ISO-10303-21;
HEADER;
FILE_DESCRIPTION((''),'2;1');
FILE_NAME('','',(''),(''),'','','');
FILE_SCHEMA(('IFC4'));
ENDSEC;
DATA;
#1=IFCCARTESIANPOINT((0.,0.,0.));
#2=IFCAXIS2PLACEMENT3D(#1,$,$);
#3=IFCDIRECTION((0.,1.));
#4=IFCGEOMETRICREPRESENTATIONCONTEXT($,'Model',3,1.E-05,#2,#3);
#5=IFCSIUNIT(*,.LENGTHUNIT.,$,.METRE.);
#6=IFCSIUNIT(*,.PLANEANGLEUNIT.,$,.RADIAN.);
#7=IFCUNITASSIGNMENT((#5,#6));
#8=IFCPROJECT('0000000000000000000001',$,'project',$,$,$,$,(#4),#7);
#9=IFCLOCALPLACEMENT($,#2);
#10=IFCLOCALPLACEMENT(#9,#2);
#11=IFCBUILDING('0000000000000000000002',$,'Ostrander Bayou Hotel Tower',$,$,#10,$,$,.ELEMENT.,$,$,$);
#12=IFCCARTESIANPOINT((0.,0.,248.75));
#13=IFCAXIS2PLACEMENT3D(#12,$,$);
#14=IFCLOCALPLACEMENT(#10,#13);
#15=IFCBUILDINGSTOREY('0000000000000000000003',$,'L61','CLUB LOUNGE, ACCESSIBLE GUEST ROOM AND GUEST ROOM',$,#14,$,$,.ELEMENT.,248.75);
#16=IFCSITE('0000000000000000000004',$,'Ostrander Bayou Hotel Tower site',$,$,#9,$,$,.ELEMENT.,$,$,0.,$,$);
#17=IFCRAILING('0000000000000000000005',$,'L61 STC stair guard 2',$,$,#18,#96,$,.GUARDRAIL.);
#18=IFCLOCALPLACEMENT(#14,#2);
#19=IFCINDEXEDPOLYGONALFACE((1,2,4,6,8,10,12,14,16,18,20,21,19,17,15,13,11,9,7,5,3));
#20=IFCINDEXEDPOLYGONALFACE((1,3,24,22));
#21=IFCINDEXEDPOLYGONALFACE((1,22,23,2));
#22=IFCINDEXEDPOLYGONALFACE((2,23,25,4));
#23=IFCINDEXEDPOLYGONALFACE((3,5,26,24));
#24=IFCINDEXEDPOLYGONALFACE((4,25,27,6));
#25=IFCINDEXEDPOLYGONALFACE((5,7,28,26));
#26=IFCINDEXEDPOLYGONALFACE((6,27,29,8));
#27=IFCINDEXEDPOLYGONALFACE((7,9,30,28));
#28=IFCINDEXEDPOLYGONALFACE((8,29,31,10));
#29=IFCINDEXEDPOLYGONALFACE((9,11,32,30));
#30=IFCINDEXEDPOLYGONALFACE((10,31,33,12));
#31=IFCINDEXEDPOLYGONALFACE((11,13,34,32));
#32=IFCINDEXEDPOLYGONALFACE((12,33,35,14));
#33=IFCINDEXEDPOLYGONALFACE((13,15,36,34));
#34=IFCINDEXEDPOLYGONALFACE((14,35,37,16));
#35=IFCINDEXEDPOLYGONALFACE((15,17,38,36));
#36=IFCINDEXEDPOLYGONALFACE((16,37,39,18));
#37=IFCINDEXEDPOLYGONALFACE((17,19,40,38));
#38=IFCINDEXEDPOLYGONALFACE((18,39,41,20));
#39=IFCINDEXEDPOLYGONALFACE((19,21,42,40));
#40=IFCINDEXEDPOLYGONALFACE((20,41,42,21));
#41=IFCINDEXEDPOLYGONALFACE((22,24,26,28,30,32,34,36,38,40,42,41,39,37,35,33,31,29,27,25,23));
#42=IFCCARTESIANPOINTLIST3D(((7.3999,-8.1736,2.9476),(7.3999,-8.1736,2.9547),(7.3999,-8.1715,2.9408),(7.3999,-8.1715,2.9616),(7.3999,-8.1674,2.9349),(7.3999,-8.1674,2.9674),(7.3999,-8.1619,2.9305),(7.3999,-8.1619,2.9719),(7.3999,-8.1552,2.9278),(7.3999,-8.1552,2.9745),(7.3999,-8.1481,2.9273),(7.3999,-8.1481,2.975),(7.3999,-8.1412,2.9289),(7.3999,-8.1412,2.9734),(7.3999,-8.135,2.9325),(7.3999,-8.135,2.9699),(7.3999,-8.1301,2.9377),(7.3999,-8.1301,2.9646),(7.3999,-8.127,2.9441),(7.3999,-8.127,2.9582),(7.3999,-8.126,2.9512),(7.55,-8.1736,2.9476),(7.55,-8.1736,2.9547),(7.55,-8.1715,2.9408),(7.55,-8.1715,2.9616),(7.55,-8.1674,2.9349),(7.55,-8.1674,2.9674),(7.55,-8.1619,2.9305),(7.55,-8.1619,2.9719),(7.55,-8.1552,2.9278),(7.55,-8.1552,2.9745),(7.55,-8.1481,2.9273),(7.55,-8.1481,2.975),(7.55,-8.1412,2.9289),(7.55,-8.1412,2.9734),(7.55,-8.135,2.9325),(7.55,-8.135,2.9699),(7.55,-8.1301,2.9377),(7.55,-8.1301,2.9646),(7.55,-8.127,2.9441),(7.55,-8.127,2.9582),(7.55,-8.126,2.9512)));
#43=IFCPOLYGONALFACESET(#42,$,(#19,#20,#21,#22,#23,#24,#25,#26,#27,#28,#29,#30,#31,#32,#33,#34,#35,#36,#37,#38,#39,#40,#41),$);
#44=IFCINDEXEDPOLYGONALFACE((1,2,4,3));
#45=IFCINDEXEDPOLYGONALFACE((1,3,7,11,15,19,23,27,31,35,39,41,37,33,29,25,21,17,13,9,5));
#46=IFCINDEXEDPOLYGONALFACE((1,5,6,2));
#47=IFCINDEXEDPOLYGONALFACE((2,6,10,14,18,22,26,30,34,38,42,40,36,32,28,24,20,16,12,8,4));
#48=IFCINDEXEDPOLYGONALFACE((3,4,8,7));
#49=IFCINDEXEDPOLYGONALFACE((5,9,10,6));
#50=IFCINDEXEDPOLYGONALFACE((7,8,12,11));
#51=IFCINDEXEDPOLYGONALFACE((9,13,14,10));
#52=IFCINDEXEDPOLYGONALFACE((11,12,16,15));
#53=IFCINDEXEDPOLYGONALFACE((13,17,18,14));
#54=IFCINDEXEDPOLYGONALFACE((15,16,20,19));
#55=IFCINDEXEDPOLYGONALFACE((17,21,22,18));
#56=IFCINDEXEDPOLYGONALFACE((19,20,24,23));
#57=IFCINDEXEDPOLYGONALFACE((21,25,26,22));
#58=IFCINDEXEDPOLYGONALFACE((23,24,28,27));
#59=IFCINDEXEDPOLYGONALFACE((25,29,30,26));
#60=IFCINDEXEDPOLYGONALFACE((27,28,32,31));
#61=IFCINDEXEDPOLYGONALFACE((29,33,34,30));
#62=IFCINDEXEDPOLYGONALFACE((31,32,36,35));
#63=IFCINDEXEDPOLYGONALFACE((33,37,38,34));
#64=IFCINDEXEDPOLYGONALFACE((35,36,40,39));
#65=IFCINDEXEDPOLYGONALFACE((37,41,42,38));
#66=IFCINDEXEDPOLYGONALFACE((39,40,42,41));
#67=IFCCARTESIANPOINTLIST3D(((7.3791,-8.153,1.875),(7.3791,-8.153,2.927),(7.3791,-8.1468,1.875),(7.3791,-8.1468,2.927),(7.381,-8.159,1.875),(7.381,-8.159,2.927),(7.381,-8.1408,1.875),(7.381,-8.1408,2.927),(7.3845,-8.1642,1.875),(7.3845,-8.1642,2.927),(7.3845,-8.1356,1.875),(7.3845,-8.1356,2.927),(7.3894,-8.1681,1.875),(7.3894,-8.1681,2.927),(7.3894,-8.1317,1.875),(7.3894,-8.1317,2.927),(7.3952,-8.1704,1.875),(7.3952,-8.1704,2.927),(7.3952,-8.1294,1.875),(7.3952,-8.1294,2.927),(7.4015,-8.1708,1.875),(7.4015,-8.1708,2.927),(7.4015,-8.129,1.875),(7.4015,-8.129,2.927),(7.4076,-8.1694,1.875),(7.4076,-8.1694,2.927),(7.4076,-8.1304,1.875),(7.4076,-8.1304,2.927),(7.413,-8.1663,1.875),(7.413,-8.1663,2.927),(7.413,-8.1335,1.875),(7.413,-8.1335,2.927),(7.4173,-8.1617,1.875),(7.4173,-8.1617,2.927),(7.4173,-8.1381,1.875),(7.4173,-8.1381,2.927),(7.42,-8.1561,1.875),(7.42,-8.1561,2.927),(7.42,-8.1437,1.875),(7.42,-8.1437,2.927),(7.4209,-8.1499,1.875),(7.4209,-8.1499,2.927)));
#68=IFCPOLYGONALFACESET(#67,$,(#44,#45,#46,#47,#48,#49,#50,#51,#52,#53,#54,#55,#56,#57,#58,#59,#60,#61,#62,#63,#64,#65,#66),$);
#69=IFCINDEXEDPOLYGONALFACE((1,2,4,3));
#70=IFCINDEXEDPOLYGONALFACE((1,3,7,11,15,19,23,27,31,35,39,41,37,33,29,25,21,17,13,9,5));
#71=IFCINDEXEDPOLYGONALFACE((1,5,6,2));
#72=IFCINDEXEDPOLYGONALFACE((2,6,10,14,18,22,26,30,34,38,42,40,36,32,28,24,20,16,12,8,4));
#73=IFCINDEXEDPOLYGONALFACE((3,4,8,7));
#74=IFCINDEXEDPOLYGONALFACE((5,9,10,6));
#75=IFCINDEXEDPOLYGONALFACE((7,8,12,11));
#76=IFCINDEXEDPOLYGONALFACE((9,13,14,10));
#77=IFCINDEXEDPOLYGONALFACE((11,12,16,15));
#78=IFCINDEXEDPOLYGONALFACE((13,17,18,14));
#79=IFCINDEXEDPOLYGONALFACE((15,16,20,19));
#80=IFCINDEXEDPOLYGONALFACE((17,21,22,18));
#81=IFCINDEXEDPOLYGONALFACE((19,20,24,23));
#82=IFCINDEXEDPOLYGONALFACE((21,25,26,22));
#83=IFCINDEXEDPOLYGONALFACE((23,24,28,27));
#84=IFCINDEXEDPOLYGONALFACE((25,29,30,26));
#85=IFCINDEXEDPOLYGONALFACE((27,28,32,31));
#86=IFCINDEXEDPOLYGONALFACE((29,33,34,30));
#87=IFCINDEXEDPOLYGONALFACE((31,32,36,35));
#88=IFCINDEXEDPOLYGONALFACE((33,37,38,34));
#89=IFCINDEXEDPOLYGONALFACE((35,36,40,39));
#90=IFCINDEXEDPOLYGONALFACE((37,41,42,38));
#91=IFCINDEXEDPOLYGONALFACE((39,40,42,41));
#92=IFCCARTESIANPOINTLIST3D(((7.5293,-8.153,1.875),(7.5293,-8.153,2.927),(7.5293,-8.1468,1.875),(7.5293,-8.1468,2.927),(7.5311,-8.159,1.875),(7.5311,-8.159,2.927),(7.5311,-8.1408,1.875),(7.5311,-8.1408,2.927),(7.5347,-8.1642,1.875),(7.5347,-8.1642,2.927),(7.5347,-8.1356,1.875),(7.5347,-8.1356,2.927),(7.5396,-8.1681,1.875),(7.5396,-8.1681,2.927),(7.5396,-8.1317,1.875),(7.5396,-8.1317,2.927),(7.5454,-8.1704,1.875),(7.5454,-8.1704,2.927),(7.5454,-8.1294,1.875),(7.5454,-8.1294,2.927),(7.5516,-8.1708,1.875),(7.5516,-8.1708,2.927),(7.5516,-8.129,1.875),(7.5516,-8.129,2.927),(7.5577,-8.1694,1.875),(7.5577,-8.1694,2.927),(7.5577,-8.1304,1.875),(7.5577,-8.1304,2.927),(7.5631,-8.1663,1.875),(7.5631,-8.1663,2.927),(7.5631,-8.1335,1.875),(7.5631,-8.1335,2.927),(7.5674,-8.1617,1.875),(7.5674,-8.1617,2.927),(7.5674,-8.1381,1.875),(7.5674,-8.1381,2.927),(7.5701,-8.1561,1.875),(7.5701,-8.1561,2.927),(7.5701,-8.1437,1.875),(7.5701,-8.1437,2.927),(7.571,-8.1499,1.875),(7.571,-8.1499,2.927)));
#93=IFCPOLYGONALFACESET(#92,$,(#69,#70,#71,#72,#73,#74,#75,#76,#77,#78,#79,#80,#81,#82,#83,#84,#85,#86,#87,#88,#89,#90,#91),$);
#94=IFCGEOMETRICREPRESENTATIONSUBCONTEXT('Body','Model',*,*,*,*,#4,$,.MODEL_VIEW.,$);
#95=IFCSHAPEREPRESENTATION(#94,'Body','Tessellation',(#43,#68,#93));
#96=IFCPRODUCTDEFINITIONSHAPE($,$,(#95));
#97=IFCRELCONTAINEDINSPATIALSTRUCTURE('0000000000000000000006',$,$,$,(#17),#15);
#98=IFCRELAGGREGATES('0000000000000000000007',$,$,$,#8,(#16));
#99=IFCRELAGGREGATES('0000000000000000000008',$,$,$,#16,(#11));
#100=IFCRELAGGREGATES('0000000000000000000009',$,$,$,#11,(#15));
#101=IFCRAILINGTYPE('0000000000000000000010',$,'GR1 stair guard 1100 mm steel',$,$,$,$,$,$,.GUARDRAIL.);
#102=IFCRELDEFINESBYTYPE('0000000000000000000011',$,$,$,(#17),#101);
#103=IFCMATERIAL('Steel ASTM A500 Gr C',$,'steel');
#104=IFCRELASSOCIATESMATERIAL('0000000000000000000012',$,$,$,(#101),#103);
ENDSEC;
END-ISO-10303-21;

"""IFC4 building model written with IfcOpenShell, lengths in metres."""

from ifc_helpers import new_model, si_unit, direction, frame, origin, origin_2d, place, context, subcontext, project, spatial, circle, extrude, material, type_object, element, save


model = new_model("IFC4")

# Units and contexts
model_context = context("Model", 3, precision=1e-05, world=origin(), true_north=direction((0.0, 1.0)))
body_context = subcontext(model_context, "Body", "Model", "MODEL_VIEW")
ifc_project = project(units=[si_unit("LENGTHUNIT", "METRE"), si_unit("PLANEANGLEUNIT", "RADIAN")], contexts=[model_context])

# Site, building, storey
site_placement = place(None, origin())
site = spatial("IfcSite", under=ifc_project, at=site_placement, Name="Ostrander Bayou Hotel Tower site", CompositionType="ELEMENT", RefElevation=0.0)
building_placement = place(site_placement, origin())
building = spatial("IfcBuilding", under=site, at=building_placement, Name="Ostrander Bayou Hotel Tower", CompositionType="ELEMENT")
storey_placement = place(building_placement, frame((0.0, 0.0, 248.75)))
storey = spatial("IfcBuildingStorey", under=building, at=storey_placement, Name="L61", Description="CLUB LOUNGE, ACCESSIBLE GUEST ROOM AND GUEST ROOM", CompositionType="ELEMENT", Elevation=248.75)

# Railing
ifc_material_1 = material(Name="Steel ASTM A500 Gr C", Category="steel")
railing_type_1 = type_object("IfcRailingType", Name="GR1 stair guard 1100 mm steel", PredefinedType="GUARDRAIL", material=ifc_material_1)
railing_1_placement = place(storey_placement, frame((7.3999, -8.1499, 1.875)))
element("IfcRailing", 1, at=railing_1_placement, inside=storey, type_object=railing_type_1, Name="L61 STC stair guard 2", PredefinedType="GUARDRAIL", context=body_context, shape_type="SweptSolid", body=[
    extrude(circle(Radius=0.0239, at=origin_2d()), frame((0.0, 0.0, 1.0762), z_axis=(1.0, 0.0, 0.0), x_axis=(0.0, 1.0, 0.0)), (0.0, 0.0, 1.0), 0.1501),
    extrude(circle(Radius=0.021, at=origin_2d()), origin(), (0.0, 0.0, 1.0), 1.052),
    extrude(circle(Radius=0.021, at=origin_2d()), frame((0.1501, 0.0, 0.0)), (0.0, 0.0, 1.0), 1.052),
])

save(model, "model.ifc")
